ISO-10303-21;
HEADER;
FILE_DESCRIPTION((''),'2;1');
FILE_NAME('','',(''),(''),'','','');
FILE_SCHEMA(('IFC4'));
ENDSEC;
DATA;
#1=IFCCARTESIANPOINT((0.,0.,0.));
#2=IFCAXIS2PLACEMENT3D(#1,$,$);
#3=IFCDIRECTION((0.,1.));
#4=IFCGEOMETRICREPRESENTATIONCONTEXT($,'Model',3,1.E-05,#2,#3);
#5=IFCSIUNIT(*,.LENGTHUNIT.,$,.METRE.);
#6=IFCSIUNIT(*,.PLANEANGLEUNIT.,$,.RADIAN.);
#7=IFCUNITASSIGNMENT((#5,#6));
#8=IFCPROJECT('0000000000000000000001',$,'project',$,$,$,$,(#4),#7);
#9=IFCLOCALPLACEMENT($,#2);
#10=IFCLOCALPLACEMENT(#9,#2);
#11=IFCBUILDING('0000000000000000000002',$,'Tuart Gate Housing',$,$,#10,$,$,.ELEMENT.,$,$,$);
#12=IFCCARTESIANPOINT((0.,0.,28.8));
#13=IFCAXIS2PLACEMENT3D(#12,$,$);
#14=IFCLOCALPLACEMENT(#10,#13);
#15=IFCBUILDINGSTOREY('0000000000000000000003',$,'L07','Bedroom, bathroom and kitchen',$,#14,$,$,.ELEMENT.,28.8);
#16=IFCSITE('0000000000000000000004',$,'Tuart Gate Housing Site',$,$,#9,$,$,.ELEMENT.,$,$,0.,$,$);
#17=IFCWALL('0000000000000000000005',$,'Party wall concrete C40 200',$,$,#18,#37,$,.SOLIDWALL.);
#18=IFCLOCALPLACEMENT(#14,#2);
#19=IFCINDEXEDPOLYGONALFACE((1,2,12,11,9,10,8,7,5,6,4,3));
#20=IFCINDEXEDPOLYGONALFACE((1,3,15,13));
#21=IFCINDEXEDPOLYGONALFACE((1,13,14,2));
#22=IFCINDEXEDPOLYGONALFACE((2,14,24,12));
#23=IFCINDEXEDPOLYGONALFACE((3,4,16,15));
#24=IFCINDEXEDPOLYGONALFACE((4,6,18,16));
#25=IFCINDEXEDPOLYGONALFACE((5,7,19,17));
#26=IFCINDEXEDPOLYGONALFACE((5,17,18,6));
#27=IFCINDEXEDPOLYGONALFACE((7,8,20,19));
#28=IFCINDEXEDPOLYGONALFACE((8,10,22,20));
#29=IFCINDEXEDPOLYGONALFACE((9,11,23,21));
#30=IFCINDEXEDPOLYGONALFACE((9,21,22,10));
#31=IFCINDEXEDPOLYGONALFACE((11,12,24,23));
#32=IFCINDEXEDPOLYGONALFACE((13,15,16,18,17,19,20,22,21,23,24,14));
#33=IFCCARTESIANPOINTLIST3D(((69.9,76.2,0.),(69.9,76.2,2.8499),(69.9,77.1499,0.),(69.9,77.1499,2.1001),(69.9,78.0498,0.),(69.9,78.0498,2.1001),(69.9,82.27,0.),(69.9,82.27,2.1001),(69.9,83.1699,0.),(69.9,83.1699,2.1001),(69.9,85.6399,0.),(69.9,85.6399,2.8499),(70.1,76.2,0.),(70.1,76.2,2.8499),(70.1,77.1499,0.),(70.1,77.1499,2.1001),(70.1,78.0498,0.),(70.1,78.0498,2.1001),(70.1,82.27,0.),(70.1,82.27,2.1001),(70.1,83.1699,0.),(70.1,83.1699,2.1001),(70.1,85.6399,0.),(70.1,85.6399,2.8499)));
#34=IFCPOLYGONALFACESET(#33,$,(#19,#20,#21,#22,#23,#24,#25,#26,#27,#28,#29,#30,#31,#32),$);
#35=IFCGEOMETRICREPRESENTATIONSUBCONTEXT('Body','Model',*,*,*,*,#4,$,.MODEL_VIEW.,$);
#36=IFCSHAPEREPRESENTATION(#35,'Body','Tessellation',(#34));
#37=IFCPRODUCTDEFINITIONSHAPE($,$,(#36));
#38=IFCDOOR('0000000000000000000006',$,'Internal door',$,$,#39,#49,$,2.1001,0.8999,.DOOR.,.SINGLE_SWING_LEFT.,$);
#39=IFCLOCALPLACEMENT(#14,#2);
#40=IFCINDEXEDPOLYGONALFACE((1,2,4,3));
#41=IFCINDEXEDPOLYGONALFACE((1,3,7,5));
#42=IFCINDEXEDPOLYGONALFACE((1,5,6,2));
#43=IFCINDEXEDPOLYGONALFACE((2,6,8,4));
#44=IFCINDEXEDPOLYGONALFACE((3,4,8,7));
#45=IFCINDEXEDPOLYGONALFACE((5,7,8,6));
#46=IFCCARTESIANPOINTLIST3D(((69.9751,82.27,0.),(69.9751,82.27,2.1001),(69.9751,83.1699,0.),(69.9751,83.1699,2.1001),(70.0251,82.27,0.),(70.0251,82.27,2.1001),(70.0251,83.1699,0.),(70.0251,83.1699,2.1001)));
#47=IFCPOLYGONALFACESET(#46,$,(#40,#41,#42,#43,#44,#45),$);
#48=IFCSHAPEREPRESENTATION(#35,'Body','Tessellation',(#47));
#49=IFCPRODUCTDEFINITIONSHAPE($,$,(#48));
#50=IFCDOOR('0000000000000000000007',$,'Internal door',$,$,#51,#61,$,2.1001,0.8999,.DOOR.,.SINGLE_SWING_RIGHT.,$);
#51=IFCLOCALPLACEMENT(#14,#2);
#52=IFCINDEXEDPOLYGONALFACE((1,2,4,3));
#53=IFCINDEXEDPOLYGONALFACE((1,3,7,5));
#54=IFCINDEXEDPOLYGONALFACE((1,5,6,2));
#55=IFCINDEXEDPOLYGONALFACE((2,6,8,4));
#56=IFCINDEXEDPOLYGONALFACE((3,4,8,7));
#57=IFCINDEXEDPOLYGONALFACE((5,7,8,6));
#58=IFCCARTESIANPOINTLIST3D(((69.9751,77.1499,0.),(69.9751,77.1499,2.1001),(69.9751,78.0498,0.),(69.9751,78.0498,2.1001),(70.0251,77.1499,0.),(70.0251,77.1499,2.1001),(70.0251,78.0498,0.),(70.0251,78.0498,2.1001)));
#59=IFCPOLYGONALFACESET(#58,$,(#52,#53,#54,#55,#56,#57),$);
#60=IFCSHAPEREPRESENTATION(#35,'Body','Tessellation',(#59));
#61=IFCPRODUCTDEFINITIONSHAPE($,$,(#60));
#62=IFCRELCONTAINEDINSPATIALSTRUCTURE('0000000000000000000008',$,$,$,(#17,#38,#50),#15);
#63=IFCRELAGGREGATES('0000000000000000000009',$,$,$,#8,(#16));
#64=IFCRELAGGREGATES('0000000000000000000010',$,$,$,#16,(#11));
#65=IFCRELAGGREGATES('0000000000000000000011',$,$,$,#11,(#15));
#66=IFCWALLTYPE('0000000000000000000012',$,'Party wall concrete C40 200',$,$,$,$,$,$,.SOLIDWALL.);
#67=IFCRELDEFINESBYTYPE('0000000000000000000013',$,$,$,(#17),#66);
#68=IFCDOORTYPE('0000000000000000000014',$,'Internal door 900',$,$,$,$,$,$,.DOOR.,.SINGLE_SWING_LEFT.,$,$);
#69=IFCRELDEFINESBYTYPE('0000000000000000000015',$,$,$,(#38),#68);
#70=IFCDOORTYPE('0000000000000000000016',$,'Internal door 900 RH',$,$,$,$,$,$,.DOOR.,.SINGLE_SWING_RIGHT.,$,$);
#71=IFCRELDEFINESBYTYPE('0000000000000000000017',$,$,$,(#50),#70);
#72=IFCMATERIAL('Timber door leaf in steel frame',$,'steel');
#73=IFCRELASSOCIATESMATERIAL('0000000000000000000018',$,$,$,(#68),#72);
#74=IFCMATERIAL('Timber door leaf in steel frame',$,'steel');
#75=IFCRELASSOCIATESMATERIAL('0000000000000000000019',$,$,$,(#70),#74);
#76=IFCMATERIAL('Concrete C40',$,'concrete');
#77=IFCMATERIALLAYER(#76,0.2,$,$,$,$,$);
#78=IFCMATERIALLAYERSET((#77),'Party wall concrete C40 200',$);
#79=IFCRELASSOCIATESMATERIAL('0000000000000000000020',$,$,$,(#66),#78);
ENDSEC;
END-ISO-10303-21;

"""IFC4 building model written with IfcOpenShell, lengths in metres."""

from ifc_helpers import new_model, si_unit, direction, frame, frame_2d, origin, place, context, subcontext, project, spatial, rectangle, extrude, material, layer, layer_set, type_object, element, fill, save


model = new_model("IFC4")

# Units and contexts
model_context = context("Model", 3, precision=1e-05, world=origin(), true_north=direction((0.0, 1.0)))
body_context = subcontext(model_context, "Body", "Model", "MODEL_VIEW")
ifc_project = project(units=[si_unit("LENGTHUNIT", "METRE"), si_unit("PLANEANGLEUNIT", "RADIAN")], contexts=[model_context])

# Site, building, storey
site_placement = place(None, origin())
site = spatial("IfcSite", under=ifc_project, at=site_placement, Name="Tuart Gate Housing Site", CompositionType="ELEMENT", RefElevation=0.0)
building_placement = place(site_placement, origin())
building = spatial("IfcBuilding", under=site, at=building_placement, Name="Tuart Gate Housing", CompositionType="ELEMENT")
storey_placement = place(building_placement, frame((0.0, 0.0, 28.8)))
storey = spatial("IfcBuildingStorey", under=building, at=storey_placement, Name="L07", Description="Bedroom, bathroom and kitchen", CompositionType="ELEMENT", Elevation=28.8)

# Shared definitions
ifc_material_1 = material(Name="Timber door leaf in steel frame", Category="steel")
door_type_1 = type_object("IfcDoorType", Name="Internal door 900", OperationType="SINGLE_SWING_LEFT", PredefinedType="DOOR", material=ifc_material_1)

# Shared definitions
ifc_material_2 = material(Name="Timber door leaf in steel frame", Category="steel")
door_type_2 = type_object("IfcDoorType", Name="Internal door 900 RH", OperationType="SINGLE_SWING_RIGHT", PredefinedType="DOOR", material=ifc_material_2)

# Shared definitions
ifc_material_3 = material(Name="Concrete C40", Category="concrete")
ifc_layer_1 = layer(ifc_material_3, 0.2)
ifc_layer_set_1 = layer_set([ifc_layer_1], Name="Party wall concrete C40 200")
wall_type_1 = type_object("IfcWallType", Name="Party wall concrete C40 200", PredefinedType="SOLIDWALL", material=ifc_layer_set_1)

# Wall, openings, doors
wall_1_placement = place(storey_placement, frame((70.0, 76.2, 0.0), z_axis=(0.0, 0.0, 1.0), x_axis=(0.0, 1.0, 0.0)))
wall_1 = element("IfcWall", 1, at=wall_1_placement, inside=storey, type_object=wall_type_1, Name="Party wall concrete C40 200", PredefinedType="SOLIDWALL", context=body_context, shape_type="SweptSolid", body=[
    extrude(rectangle(XDim=9.4399, YDim=0.2, at=frame_2d((4.72, 0.0))), origin(), (0.0, 0.0, 1.0), 2.8499),
])
opening_1_placement = place(wall_1_placement, frame((6.0701, 0.0, 0.0)))
opening_1 = element("IfcOpeningElement", 2, at=opening_1_placement, cuts=wall_1, PredefinedType="OPENING", context=body_context, shape_type="SweptSolid", body=[
    extrude(rectangle(XDim=0.8999, YDim=2.1001, at=frame_2d((0.45, 1.05))), frame((0.0, 0.1099, 0.0), z_axis=(0.0, -1.0, 0.0), x_axis=(1.0, 0.0, 0.0)), (0.0, 0.0, 1.0), 0.22),
])
opening_2_placement = place(wall_1_placement, frame((0.95, 0.0, 0.0)))
opening_2 = element("IfcOpeningElement", 3, at=opening_2_placement, cuts=wall_1, PredefinedType="OPENING", context=body_context, shape_type="SweptSolid", body=[
    extrude(rectangle(XDim=0.8999, YDim=2.1001, at=frame_2d((0.45, 1.05))), frame((0.0, 0.1099, 0.0), z_axis=(0.0, -1.0, 0.0), x_axis=(1.0, 0.0, 0.0)), (0.0, 0.0, 1.0), 0.22),
])
door_1_placement = place(opening_1_placement, frame((0.8999, 0.0, 0.0), z_axis=(0.0, 0.0, 1.0), x_axis=(-1.0, 0.0, 0.0)))
door_1 = element("IfcDoor", 4, at=door_1_placement, inside=storey, type_object=door_type_1, Name="Internal door", OperationType="SINGLE_SWING_LEFT", OverallHeight=2.1001, OverallWidth=0.8999, PredefinedType="DOOR", context=body_context, shape_type="SweptSolid", body=[
    extrude(rectangle(XDim=0.8999, YDim=2.1001, at=frame_2d((0.45, 1.05))), frame((0.0, 0.0251, 0.0), z_axis=(0.0, -1.0, 0.0), x_axis=(1.0, 0.0, 0.0)), (0.0, 0.0, 1.0), 0.05),
])
fill(opening_1, door_1)
door_2_placement = place(opening_2_placement, frame((0.8999, 0.0, 0.0), z_axis=(0.0, 0.0, 1.0), x_axis=(-1.0, 0.0, 0.0)))
door_2 = element("IfcDoor", 5, at=door_2_placement, inside=storey, type_object=door_type_2, Name="Internal door", OperationType="SINGLE_SWING_RIGHT", OverallHeight=2.1001, OverallWidth=0.8999, PredefinedType="DOOR", context=body_context, shape_type="SweptSolid", body=[
    extrude(rectangle(XDim=0.8999, YDim=2.1001, at=frame_2d((0.45, 1.05))), frame((0.0, 0.0251, 0.0), z_axis=(0.0, -1.0, 0.0), x_axis=(1.0, 0.0, 0.0)), (0.0, 0.0, 1.0), 0.05),
])
fill(opening_2, door_2)

save(model, "model.ifc")
